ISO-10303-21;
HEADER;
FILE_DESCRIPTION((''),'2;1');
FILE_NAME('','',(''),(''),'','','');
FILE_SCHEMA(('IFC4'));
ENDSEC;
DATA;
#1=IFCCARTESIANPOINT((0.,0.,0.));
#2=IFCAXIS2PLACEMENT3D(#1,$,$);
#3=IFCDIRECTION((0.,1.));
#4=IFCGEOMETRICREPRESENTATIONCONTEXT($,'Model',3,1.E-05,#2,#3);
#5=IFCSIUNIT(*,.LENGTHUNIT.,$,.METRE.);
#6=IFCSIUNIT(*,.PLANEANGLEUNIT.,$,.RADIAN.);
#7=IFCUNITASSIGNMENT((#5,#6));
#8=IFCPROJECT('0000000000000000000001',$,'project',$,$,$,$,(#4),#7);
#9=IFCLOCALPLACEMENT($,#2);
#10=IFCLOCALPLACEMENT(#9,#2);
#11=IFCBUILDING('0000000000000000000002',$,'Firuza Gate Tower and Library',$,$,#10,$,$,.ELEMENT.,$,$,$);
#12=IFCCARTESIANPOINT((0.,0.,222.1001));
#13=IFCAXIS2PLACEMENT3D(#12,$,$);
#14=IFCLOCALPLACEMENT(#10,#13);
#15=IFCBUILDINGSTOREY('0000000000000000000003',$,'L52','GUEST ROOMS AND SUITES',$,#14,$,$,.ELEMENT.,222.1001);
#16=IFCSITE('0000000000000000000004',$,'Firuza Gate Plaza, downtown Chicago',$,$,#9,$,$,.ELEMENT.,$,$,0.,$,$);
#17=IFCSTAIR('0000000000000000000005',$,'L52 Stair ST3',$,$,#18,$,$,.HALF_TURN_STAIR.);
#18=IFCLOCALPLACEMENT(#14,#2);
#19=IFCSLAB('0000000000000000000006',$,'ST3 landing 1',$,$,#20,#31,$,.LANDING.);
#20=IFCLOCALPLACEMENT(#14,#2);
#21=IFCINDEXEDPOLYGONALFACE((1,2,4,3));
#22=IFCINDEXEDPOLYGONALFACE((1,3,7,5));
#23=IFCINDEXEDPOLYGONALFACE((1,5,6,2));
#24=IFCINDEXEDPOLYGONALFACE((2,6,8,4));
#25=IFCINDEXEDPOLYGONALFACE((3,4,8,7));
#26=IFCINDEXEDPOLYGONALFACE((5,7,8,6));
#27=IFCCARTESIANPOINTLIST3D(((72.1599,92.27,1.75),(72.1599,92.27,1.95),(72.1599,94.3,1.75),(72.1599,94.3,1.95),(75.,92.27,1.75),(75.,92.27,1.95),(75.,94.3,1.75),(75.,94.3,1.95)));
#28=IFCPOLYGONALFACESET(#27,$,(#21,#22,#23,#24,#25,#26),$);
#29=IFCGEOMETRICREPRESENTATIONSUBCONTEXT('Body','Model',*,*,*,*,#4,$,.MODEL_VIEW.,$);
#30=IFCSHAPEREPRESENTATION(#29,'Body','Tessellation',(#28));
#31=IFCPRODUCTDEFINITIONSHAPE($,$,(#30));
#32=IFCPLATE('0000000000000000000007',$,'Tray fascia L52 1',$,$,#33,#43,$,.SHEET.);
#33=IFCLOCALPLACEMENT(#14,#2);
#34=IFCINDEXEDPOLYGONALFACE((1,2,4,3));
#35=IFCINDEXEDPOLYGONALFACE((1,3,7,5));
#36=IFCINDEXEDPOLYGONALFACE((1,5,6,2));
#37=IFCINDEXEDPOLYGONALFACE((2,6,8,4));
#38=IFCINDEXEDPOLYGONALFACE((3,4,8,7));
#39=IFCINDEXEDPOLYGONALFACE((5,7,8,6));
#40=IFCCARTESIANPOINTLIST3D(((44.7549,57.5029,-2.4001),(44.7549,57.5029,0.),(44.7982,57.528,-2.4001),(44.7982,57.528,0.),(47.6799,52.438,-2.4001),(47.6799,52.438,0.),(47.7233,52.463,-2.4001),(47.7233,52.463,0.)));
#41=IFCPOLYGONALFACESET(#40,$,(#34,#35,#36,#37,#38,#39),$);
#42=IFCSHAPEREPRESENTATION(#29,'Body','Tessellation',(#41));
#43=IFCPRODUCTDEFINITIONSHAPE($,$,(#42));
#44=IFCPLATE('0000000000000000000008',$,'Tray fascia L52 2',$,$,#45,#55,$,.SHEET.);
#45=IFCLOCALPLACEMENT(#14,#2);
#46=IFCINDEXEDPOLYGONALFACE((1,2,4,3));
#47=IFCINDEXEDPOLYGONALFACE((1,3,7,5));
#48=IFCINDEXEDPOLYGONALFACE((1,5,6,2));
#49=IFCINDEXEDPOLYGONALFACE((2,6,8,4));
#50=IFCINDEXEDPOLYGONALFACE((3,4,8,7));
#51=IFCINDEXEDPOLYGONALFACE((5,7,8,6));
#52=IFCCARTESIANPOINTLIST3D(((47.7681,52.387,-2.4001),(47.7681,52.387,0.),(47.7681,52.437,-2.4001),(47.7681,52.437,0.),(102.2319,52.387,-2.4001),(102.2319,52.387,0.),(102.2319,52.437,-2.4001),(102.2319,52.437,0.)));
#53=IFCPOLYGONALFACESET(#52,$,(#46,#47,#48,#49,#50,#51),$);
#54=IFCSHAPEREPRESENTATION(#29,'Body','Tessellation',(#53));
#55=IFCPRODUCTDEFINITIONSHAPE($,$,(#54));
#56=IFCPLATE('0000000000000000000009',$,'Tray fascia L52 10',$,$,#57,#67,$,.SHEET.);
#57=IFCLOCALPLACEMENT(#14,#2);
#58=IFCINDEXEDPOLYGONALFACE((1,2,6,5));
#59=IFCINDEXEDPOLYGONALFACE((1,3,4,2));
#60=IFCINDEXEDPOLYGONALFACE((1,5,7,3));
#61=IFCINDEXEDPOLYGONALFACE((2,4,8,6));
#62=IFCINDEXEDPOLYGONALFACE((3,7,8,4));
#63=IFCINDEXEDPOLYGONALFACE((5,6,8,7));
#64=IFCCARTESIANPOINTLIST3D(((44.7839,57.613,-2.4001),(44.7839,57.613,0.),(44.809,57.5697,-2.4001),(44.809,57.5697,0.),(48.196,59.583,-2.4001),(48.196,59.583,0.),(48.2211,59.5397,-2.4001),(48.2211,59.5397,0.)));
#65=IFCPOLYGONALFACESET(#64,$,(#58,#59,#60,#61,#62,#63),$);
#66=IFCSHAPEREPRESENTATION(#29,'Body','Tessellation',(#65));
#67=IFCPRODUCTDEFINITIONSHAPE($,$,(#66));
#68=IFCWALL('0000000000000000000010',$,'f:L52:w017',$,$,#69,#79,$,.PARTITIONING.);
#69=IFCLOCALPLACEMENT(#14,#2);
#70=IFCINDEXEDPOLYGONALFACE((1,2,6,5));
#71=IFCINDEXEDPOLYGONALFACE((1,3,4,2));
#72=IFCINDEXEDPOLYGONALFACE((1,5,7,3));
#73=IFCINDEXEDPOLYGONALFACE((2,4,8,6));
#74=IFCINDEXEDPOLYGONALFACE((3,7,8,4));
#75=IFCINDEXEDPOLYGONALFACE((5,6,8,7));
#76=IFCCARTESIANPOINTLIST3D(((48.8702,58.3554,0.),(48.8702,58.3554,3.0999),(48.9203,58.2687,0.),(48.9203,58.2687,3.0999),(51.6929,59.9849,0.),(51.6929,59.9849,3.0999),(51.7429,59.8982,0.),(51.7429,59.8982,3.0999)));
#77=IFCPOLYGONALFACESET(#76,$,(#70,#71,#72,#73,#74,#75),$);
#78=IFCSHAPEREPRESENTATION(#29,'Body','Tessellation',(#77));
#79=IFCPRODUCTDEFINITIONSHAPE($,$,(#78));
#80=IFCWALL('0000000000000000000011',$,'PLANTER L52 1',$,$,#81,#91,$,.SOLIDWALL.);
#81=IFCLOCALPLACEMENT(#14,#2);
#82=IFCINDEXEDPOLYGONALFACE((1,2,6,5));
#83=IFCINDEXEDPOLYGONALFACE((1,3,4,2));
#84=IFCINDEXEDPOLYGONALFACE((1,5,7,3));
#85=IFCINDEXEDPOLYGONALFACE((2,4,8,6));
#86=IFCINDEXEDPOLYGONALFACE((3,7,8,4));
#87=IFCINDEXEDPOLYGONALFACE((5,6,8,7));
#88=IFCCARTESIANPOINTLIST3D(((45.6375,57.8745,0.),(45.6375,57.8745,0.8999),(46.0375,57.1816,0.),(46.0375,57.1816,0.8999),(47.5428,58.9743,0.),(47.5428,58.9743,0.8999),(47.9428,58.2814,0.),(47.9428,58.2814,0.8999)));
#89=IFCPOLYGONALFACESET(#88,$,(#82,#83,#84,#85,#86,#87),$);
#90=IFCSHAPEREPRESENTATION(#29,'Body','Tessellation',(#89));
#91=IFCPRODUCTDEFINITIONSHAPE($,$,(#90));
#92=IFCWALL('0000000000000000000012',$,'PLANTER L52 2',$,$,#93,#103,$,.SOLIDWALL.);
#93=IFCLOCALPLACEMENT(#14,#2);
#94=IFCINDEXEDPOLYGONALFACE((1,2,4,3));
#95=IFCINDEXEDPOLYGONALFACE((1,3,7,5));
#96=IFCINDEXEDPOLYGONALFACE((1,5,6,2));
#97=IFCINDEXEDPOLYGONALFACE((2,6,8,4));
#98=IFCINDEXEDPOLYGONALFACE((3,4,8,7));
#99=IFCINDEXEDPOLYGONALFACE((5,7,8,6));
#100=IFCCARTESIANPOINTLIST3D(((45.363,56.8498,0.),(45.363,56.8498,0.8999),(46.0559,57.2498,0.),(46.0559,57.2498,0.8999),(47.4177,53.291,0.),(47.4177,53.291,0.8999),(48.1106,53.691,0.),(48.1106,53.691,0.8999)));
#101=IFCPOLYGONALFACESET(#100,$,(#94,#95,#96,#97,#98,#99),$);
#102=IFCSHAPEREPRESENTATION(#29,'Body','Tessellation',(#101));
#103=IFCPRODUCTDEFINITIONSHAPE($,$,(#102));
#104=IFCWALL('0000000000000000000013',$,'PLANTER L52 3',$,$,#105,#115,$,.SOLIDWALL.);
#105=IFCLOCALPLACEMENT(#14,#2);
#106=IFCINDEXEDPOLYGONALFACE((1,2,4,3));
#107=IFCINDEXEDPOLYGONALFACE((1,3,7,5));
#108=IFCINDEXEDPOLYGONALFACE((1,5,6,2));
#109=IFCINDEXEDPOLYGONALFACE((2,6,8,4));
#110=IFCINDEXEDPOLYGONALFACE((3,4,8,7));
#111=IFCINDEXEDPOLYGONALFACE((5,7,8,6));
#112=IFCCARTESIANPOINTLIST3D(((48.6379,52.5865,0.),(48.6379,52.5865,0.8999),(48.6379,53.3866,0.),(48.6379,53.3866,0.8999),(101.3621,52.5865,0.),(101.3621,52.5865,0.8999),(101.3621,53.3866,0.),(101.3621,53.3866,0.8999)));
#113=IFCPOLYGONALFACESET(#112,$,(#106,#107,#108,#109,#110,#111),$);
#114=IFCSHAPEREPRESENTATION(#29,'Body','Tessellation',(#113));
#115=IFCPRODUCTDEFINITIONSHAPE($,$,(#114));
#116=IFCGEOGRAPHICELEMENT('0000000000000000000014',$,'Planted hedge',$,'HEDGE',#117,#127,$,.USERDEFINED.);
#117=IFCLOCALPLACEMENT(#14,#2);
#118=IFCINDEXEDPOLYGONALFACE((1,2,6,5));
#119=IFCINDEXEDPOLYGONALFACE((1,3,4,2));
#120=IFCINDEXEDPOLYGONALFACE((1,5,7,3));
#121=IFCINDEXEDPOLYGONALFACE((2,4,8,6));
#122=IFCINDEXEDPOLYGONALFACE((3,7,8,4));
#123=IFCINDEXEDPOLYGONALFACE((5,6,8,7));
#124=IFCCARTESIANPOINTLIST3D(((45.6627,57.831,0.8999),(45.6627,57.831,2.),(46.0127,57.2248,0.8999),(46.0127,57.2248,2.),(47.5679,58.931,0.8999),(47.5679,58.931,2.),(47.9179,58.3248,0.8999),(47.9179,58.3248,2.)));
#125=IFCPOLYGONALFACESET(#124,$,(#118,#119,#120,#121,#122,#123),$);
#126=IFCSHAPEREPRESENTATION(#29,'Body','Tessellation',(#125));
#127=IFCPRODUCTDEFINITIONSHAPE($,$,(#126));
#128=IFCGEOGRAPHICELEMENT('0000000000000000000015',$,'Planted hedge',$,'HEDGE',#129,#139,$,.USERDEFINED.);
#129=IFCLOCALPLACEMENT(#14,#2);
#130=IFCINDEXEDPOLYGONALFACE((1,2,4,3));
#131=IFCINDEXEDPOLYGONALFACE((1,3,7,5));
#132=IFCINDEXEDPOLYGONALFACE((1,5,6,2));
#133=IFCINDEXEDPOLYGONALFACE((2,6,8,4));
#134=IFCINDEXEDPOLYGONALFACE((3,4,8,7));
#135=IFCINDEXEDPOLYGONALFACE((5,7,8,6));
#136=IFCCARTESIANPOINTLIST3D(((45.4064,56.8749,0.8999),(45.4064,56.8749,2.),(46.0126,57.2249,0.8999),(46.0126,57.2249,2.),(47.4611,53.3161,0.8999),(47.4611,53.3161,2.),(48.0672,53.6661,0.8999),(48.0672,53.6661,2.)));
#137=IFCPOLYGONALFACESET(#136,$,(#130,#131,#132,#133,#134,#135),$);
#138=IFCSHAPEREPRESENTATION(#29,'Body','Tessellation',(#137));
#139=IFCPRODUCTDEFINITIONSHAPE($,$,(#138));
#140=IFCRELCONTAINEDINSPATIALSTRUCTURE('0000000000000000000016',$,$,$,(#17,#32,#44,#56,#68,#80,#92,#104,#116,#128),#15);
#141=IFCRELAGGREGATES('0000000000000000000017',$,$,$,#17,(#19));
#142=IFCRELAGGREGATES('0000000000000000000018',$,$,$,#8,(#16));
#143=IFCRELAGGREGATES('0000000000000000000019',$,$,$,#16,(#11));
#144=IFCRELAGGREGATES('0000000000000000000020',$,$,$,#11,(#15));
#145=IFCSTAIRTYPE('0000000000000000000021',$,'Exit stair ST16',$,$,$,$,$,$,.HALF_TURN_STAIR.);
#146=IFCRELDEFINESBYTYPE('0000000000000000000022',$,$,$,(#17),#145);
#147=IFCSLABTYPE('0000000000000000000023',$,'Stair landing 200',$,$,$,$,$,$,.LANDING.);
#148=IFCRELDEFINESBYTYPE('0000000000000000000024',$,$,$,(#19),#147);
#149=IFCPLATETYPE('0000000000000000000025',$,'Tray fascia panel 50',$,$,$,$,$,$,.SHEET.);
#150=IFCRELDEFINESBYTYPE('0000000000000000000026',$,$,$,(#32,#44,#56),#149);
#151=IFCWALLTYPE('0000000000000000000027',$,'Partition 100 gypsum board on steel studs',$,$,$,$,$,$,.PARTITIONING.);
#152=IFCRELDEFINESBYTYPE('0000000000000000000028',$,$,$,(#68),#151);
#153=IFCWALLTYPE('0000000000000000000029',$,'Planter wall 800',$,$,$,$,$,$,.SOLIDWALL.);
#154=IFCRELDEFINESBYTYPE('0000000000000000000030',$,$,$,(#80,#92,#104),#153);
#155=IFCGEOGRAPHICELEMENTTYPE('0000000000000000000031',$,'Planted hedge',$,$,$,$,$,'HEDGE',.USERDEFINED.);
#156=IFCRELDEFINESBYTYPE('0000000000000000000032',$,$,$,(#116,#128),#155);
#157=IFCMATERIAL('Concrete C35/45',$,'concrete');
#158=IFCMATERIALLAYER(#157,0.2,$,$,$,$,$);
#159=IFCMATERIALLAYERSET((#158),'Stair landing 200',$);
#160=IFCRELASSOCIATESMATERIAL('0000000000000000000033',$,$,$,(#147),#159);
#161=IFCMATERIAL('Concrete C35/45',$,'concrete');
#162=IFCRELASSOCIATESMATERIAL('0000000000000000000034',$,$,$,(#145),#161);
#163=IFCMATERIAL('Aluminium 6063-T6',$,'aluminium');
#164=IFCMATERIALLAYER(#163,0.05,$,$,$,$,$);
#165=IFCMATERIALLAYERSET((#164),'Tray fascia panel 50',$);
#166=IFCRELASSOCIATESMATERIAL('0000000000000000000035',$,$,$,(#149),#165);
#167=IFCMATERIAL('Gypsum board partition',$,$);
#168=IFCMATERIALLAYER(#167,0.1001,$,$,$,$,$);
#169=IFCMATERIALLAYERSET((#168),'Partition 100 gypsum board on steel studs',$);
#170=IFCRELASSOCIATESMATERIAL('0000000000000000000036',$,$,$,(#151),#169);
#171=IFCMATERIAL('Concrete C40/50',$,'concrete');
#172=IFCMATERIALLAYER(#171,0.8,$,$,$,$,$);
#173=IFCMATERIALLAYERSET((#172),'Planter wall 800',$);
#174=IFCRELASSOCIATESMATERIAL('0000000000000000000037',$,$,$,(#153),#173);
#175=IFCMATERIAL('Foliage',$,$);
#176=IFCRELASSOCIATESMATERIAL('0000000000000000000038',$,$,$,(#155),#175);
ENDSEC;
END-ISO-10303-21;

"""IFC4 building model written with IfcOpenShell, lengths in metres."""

from ifc_helpers import new_model, si_unit, direction, frame, frame_2d, origin, origin_2d, place, context, subcontext, project, spatial, polyline, rectangle, outline, extrude, material, layer, layer_set, type_object, element, aggregate, save


model = new_model("IFC4")

# Units and contexts
model_context = context("Model", 3, precision=1e-05, world=origin(), true_north=direction((0.0, 1.0)))
body_context = subcontext(model_context, "Body", "Model", "MODEL_VIEW")
ifc_project = project(units=[si_unit("LENGTHUNIT", "METRE"), si_unit("PLANEANGLEUNIT", "RADIAN")], contexts=[model_context])

# Site, building, storey
site_placement = place(None, origin())
site = spatial("IfcSite", under=ifc_project, at=site_placement, Name="Firuza Gate Plaza, downtown Chicago", CompositionType="ELEMENT", RefElevation=0.0)
building_placement = place(site_placement, origin())
building = spatial("IfcBuilding", under=site, at=building_placement, Name="Firuza Gate Tower and Library", CompositionType="ELEMENT")
storey_placement = place(building_placement, frame((0.0, 0.0, 222.1001)))
storey = spatial("IfcBuildingStorey", under=building, at=storey_placement, Name="L52", Description="GUEST ROOMS AND SUITES", CompositionType="ELEMENT", Elevation=222.1001)

# Shared definitions
placement_1 = place(storey_placement, origin())

# Stair, slab
ifc_material_1 = material(Name="Concrete C35/45", Category="concrete")
ifc_layer_1 = layer(ifc_material_1, 0.2)
ifc_layer_set_1 = layer_set([ifc_layer_1], Name="Stair landing 200")
slab_type_1 = type_object("IfcSlabType", Name="Stair landing 200", PredefinedType="LANDING", material=ifc_layer_set_1)
placement_2 = place(storey_placement, frame((0.0, 0.0, 1.75)))
ifc_material_2 = material(Name="Concrete C35/45", Category="concrete")
stair_type_1 = type_object("IfcStairType", Name="Exit stair ST16", PredefinedType="HALF_TURN_STAIR", material=ifc_material_2)
stair_1 = element("IfcStair", 1, at=placement_1, inside=storey, type_object=stair_type_1, Name="L52 Stair ST3", PredefinedType="HALF_TURN_STAIR")
slab_1 = element("IfcSlab", 2, at=placement_2, type_object=slab_type_1, Name="ST3 landing 1", PredefinedType="LANDING", context=body_context, shape_type="SweptSolid", body=[
    extrude(outline(polyline([(75.0, 92.27), (75.0, 94.3), (72.1599, 94.3), (72.1599, 92.27), (75.0, 92.27)])), origin(), (0.0, 0.0, 1.0), 0.2),
])
aggregate(stair_1, [slab_1])

# Plates
ifc_material_3 = material(Name="Aluminium 6063-T6", Category="aluminium")
ifc_layer_2 = layer(ifc_material_3, 0.05)
ifc_layer_set_2 = layer_set([ifc_layer_2], Name="Tray fascia panel 50")
plate_type_1 = type_object("IfcPlateType", Name="Tray fascia panel 50", PredefinedType="SHEET", material=ifc_layer_set_2)
plate_1_placement = place(storey_placement, frame((44.7549, 57.5029, -2.4001), z_axis=(-0.865966, -0.500103, 0.0), x_axis=(0.500103, -0.865966, 0.0)))
element("IfcPlate", 3, at=plate_1_placement, inside=storey, type_object=plate_type_1, Name="Tray fascia L52 1", PredefinedType="SHEET", context=body_context, shape_type="SweptSolid", body=[
    extrude(outline(polyline([(0.0, 0.0), (5.8489, 0.0), (5.8489, 2.4001), (0.0, 2.4001), (0.0, 0.0)])), origin(), (0.0, 0.0, -1.0), 0.05),
])
plate_2_placement = place(storey_placement, frame((47.7681, 52.387, -2.4001), z_axis=(0.0, -1.0, 0.0), x_axis=(1.0, 0.0, 0.0)))
element("IfcPlate", 4, at=plate_2_placement, inside=storey, type_object=plate_type_1, Name="Tray fascia L52 2", PredefinedType="SHEET", context=body_context, shape_type="SweptSolid", body=[
    extrude(outline(polyline([(0.0, 0.0), (54.4639, 0.0), (54.4639, 2.4001), (0.0, 2.4001), (0.0, 0.0)])), origin(), (0.0, 0.0, -1.0), 0.05),
])
plate_3_placement = place(storey_placement, frame((48.196, 59.583, -2.4001), z_axis=(-0.499998, 0.866027, 0.0), x_axis=(-0.866027, -0.499998, 0.0)))
element("IfcPlate", 5, at=plate_3_placement, inside=storey, type_object=plate_type_1, Name="Tray fascia L52 10", PredefinedType="SHEET", context=body_context, shape_type="SweptSolid", body=[
    extrude(outline(polyline([(0.0, 0.0), (3.94, 0.0), (3.94, 2.4001), (0.0, 2.4001), (0.0, 0.0)])), origin(), (0.0, 0.0, -1.0), 0.05),
])

# Walls
ifc_material_4 = material(Name="Gypsum board partition")
ifc_layer_3 = layer(ifc_material_4, 0.1001)
ifc_layer_set_3 = layer_set([ifc_layer_3], Name="Partition 100 gypsum board on steel studs")
wall_type_1 = type_object("IfcWallType", Name="Partition 100 gypsum board on steel studs", PredefinedType="PARTITIONING", material=ifc_layer_set_3)
wall_1_placement = place(storey_placement, frame((48.8953, 58.312, 0.0), z_axis=(0.0, 0.0, 1.0), x_axis=(0.866036, 0.499982, 0.0)))
element("IfcWall", 6, at=wall_1_placement, inside=storey, type_object=wall_type_1, Name="f:L52:w017", PredefinedType="PARTITIONING", context=body_context, shape_type="SweptSolid", body=[
    extrude(rectangle(XDim=3.2593, YDim=0.1001, at=frame_2d((1.6296, 0.0))), origin(), (0.0, 0.0, 1.0), 3.0999),
])
ifc_material_5 = material(Name="Concrete C40/50", Category="concrete")
ifc_layer_4 = layer(ifc_material_5, 0.8)
ifc_layer_set_4 = layer_set([ifc_layer_4], Name="Planter wall 800")
wall_type_2 = type_object("IfcWallType", Name="Planter wall 800", PredefinedType="SOLIDWALL", material=ifc_layer_set_4)
wall_2_placement = place(storey_placement, frame((47.7429, 58.6279, 0.0), z_axis=(0.0, 0.0, 1.0), x_axis=(-0.866056, -0.499947, 0.0)))
element("IfcWall", 7, at=wall_2_placement, inside=storey, type_object=wall_type_2, Name="PLANTER L52 1", PredefinedType="SOLIDWALL", context=body_context, shape_type="SweptSolid", body=[
    extrude(rectangle(XDim=2.2, YDim=0.8, at=frame_2d((1.1001, 0.0))), origin(), (0.0, 0.0, 1.0), 0.8999),
])
wall_3_placement = place(storey_placement, frame((45.7095, 57.0498, 0.0), z_axis=(0.0, 0.0, 1.0), x_axis=(0.499998, -0.866026, 0.0)))
element("IfcWall", 8, at=wall_3_placement, inside=storey, type_object=wall_type_2, Name="PLANTER L52 2", PredefinedType="SOLIDWALL", context=body_context, shape_type="SweptSolid", body=[
    extrude(rectangle(XDim=4.1094, YDim=0.8, at=frame_2d((2.0547, 0.0))), origin(), (0.0, 0.0, 1.0), 0.8999),
])
wall_4_placement = place(storey_placement, frame((48.6379, 52.9866, 0.0), z_axis=(0.0, 0.0, 1.0), x_axis=(1.0, 0.0, 0.0)))
element("IfcWall", 9, at=wall_4_placement, inside=storey, type_object=wall_type_2, Name="PLANTER L52 3", PredefinedType="SOLIDWALL", context=body_context, shape_type="SweptSolid", body=[
    extrude(rectangle(XDim=52.7241, YDim=0.8, at=frame_2d((26.3621, 0.0))), origin(), (0.0, 0.0, 1.0), 0.8999),
])

# Geographic elements
ifc_material_6 = material(Name="Foliage")
geographic_element_type = type_object("IfcGeographicElementType", Name="Planted hedge", ElementType="HEDGE", PredefinedType="USERDEFINED", material=ifc_material_6)
geographic_element_1_placement = place(storey_placement, frame((46.7903, 58.0779, 0.8999), z_axis=(0.0, 0.0, 1.0), x_axis=(-0.866025, -0.5, 0.0)))
element("IfcGeographicElement", 10, at=geographic_element_1_placement, inside=storey, type_object=geographic_element_type, Name="Planted hedge", ObjectType="HEDGE", PredefinedType="USERDEFINED", context=body_context, shape_type="SweptSolid", body=[
    extrude(rectangle(XDim=2.2, YDim=0.7, at=origin_2d()), origin(), (0.0, 0.0, 1.0), 1.1001),
])
geographic_element_2_placement = place(storey_placement, frame((46.7368, 55.2705, 0.8999), z_axis=(0.0, 0.0, 1.0), x_axis=(0.5, -0.866025, 0.0)))
element("IfcGeographicElement", 11, at=geographic_element_2_placement, inside=storey, type_object=geographic_element_type, Name="Planted hedge", ObjectType="HEDGE", PredefinedType="USERDEFINED", context=body_context, shape_type="SweptSolid", body=[
    extrude(rectangle(XDim=4.1094, YDim=0.7, at=origin_2d()), origin(), (0.0, 0.0, 1.0), 1.1001),
])

save(model, "model.ifc")
